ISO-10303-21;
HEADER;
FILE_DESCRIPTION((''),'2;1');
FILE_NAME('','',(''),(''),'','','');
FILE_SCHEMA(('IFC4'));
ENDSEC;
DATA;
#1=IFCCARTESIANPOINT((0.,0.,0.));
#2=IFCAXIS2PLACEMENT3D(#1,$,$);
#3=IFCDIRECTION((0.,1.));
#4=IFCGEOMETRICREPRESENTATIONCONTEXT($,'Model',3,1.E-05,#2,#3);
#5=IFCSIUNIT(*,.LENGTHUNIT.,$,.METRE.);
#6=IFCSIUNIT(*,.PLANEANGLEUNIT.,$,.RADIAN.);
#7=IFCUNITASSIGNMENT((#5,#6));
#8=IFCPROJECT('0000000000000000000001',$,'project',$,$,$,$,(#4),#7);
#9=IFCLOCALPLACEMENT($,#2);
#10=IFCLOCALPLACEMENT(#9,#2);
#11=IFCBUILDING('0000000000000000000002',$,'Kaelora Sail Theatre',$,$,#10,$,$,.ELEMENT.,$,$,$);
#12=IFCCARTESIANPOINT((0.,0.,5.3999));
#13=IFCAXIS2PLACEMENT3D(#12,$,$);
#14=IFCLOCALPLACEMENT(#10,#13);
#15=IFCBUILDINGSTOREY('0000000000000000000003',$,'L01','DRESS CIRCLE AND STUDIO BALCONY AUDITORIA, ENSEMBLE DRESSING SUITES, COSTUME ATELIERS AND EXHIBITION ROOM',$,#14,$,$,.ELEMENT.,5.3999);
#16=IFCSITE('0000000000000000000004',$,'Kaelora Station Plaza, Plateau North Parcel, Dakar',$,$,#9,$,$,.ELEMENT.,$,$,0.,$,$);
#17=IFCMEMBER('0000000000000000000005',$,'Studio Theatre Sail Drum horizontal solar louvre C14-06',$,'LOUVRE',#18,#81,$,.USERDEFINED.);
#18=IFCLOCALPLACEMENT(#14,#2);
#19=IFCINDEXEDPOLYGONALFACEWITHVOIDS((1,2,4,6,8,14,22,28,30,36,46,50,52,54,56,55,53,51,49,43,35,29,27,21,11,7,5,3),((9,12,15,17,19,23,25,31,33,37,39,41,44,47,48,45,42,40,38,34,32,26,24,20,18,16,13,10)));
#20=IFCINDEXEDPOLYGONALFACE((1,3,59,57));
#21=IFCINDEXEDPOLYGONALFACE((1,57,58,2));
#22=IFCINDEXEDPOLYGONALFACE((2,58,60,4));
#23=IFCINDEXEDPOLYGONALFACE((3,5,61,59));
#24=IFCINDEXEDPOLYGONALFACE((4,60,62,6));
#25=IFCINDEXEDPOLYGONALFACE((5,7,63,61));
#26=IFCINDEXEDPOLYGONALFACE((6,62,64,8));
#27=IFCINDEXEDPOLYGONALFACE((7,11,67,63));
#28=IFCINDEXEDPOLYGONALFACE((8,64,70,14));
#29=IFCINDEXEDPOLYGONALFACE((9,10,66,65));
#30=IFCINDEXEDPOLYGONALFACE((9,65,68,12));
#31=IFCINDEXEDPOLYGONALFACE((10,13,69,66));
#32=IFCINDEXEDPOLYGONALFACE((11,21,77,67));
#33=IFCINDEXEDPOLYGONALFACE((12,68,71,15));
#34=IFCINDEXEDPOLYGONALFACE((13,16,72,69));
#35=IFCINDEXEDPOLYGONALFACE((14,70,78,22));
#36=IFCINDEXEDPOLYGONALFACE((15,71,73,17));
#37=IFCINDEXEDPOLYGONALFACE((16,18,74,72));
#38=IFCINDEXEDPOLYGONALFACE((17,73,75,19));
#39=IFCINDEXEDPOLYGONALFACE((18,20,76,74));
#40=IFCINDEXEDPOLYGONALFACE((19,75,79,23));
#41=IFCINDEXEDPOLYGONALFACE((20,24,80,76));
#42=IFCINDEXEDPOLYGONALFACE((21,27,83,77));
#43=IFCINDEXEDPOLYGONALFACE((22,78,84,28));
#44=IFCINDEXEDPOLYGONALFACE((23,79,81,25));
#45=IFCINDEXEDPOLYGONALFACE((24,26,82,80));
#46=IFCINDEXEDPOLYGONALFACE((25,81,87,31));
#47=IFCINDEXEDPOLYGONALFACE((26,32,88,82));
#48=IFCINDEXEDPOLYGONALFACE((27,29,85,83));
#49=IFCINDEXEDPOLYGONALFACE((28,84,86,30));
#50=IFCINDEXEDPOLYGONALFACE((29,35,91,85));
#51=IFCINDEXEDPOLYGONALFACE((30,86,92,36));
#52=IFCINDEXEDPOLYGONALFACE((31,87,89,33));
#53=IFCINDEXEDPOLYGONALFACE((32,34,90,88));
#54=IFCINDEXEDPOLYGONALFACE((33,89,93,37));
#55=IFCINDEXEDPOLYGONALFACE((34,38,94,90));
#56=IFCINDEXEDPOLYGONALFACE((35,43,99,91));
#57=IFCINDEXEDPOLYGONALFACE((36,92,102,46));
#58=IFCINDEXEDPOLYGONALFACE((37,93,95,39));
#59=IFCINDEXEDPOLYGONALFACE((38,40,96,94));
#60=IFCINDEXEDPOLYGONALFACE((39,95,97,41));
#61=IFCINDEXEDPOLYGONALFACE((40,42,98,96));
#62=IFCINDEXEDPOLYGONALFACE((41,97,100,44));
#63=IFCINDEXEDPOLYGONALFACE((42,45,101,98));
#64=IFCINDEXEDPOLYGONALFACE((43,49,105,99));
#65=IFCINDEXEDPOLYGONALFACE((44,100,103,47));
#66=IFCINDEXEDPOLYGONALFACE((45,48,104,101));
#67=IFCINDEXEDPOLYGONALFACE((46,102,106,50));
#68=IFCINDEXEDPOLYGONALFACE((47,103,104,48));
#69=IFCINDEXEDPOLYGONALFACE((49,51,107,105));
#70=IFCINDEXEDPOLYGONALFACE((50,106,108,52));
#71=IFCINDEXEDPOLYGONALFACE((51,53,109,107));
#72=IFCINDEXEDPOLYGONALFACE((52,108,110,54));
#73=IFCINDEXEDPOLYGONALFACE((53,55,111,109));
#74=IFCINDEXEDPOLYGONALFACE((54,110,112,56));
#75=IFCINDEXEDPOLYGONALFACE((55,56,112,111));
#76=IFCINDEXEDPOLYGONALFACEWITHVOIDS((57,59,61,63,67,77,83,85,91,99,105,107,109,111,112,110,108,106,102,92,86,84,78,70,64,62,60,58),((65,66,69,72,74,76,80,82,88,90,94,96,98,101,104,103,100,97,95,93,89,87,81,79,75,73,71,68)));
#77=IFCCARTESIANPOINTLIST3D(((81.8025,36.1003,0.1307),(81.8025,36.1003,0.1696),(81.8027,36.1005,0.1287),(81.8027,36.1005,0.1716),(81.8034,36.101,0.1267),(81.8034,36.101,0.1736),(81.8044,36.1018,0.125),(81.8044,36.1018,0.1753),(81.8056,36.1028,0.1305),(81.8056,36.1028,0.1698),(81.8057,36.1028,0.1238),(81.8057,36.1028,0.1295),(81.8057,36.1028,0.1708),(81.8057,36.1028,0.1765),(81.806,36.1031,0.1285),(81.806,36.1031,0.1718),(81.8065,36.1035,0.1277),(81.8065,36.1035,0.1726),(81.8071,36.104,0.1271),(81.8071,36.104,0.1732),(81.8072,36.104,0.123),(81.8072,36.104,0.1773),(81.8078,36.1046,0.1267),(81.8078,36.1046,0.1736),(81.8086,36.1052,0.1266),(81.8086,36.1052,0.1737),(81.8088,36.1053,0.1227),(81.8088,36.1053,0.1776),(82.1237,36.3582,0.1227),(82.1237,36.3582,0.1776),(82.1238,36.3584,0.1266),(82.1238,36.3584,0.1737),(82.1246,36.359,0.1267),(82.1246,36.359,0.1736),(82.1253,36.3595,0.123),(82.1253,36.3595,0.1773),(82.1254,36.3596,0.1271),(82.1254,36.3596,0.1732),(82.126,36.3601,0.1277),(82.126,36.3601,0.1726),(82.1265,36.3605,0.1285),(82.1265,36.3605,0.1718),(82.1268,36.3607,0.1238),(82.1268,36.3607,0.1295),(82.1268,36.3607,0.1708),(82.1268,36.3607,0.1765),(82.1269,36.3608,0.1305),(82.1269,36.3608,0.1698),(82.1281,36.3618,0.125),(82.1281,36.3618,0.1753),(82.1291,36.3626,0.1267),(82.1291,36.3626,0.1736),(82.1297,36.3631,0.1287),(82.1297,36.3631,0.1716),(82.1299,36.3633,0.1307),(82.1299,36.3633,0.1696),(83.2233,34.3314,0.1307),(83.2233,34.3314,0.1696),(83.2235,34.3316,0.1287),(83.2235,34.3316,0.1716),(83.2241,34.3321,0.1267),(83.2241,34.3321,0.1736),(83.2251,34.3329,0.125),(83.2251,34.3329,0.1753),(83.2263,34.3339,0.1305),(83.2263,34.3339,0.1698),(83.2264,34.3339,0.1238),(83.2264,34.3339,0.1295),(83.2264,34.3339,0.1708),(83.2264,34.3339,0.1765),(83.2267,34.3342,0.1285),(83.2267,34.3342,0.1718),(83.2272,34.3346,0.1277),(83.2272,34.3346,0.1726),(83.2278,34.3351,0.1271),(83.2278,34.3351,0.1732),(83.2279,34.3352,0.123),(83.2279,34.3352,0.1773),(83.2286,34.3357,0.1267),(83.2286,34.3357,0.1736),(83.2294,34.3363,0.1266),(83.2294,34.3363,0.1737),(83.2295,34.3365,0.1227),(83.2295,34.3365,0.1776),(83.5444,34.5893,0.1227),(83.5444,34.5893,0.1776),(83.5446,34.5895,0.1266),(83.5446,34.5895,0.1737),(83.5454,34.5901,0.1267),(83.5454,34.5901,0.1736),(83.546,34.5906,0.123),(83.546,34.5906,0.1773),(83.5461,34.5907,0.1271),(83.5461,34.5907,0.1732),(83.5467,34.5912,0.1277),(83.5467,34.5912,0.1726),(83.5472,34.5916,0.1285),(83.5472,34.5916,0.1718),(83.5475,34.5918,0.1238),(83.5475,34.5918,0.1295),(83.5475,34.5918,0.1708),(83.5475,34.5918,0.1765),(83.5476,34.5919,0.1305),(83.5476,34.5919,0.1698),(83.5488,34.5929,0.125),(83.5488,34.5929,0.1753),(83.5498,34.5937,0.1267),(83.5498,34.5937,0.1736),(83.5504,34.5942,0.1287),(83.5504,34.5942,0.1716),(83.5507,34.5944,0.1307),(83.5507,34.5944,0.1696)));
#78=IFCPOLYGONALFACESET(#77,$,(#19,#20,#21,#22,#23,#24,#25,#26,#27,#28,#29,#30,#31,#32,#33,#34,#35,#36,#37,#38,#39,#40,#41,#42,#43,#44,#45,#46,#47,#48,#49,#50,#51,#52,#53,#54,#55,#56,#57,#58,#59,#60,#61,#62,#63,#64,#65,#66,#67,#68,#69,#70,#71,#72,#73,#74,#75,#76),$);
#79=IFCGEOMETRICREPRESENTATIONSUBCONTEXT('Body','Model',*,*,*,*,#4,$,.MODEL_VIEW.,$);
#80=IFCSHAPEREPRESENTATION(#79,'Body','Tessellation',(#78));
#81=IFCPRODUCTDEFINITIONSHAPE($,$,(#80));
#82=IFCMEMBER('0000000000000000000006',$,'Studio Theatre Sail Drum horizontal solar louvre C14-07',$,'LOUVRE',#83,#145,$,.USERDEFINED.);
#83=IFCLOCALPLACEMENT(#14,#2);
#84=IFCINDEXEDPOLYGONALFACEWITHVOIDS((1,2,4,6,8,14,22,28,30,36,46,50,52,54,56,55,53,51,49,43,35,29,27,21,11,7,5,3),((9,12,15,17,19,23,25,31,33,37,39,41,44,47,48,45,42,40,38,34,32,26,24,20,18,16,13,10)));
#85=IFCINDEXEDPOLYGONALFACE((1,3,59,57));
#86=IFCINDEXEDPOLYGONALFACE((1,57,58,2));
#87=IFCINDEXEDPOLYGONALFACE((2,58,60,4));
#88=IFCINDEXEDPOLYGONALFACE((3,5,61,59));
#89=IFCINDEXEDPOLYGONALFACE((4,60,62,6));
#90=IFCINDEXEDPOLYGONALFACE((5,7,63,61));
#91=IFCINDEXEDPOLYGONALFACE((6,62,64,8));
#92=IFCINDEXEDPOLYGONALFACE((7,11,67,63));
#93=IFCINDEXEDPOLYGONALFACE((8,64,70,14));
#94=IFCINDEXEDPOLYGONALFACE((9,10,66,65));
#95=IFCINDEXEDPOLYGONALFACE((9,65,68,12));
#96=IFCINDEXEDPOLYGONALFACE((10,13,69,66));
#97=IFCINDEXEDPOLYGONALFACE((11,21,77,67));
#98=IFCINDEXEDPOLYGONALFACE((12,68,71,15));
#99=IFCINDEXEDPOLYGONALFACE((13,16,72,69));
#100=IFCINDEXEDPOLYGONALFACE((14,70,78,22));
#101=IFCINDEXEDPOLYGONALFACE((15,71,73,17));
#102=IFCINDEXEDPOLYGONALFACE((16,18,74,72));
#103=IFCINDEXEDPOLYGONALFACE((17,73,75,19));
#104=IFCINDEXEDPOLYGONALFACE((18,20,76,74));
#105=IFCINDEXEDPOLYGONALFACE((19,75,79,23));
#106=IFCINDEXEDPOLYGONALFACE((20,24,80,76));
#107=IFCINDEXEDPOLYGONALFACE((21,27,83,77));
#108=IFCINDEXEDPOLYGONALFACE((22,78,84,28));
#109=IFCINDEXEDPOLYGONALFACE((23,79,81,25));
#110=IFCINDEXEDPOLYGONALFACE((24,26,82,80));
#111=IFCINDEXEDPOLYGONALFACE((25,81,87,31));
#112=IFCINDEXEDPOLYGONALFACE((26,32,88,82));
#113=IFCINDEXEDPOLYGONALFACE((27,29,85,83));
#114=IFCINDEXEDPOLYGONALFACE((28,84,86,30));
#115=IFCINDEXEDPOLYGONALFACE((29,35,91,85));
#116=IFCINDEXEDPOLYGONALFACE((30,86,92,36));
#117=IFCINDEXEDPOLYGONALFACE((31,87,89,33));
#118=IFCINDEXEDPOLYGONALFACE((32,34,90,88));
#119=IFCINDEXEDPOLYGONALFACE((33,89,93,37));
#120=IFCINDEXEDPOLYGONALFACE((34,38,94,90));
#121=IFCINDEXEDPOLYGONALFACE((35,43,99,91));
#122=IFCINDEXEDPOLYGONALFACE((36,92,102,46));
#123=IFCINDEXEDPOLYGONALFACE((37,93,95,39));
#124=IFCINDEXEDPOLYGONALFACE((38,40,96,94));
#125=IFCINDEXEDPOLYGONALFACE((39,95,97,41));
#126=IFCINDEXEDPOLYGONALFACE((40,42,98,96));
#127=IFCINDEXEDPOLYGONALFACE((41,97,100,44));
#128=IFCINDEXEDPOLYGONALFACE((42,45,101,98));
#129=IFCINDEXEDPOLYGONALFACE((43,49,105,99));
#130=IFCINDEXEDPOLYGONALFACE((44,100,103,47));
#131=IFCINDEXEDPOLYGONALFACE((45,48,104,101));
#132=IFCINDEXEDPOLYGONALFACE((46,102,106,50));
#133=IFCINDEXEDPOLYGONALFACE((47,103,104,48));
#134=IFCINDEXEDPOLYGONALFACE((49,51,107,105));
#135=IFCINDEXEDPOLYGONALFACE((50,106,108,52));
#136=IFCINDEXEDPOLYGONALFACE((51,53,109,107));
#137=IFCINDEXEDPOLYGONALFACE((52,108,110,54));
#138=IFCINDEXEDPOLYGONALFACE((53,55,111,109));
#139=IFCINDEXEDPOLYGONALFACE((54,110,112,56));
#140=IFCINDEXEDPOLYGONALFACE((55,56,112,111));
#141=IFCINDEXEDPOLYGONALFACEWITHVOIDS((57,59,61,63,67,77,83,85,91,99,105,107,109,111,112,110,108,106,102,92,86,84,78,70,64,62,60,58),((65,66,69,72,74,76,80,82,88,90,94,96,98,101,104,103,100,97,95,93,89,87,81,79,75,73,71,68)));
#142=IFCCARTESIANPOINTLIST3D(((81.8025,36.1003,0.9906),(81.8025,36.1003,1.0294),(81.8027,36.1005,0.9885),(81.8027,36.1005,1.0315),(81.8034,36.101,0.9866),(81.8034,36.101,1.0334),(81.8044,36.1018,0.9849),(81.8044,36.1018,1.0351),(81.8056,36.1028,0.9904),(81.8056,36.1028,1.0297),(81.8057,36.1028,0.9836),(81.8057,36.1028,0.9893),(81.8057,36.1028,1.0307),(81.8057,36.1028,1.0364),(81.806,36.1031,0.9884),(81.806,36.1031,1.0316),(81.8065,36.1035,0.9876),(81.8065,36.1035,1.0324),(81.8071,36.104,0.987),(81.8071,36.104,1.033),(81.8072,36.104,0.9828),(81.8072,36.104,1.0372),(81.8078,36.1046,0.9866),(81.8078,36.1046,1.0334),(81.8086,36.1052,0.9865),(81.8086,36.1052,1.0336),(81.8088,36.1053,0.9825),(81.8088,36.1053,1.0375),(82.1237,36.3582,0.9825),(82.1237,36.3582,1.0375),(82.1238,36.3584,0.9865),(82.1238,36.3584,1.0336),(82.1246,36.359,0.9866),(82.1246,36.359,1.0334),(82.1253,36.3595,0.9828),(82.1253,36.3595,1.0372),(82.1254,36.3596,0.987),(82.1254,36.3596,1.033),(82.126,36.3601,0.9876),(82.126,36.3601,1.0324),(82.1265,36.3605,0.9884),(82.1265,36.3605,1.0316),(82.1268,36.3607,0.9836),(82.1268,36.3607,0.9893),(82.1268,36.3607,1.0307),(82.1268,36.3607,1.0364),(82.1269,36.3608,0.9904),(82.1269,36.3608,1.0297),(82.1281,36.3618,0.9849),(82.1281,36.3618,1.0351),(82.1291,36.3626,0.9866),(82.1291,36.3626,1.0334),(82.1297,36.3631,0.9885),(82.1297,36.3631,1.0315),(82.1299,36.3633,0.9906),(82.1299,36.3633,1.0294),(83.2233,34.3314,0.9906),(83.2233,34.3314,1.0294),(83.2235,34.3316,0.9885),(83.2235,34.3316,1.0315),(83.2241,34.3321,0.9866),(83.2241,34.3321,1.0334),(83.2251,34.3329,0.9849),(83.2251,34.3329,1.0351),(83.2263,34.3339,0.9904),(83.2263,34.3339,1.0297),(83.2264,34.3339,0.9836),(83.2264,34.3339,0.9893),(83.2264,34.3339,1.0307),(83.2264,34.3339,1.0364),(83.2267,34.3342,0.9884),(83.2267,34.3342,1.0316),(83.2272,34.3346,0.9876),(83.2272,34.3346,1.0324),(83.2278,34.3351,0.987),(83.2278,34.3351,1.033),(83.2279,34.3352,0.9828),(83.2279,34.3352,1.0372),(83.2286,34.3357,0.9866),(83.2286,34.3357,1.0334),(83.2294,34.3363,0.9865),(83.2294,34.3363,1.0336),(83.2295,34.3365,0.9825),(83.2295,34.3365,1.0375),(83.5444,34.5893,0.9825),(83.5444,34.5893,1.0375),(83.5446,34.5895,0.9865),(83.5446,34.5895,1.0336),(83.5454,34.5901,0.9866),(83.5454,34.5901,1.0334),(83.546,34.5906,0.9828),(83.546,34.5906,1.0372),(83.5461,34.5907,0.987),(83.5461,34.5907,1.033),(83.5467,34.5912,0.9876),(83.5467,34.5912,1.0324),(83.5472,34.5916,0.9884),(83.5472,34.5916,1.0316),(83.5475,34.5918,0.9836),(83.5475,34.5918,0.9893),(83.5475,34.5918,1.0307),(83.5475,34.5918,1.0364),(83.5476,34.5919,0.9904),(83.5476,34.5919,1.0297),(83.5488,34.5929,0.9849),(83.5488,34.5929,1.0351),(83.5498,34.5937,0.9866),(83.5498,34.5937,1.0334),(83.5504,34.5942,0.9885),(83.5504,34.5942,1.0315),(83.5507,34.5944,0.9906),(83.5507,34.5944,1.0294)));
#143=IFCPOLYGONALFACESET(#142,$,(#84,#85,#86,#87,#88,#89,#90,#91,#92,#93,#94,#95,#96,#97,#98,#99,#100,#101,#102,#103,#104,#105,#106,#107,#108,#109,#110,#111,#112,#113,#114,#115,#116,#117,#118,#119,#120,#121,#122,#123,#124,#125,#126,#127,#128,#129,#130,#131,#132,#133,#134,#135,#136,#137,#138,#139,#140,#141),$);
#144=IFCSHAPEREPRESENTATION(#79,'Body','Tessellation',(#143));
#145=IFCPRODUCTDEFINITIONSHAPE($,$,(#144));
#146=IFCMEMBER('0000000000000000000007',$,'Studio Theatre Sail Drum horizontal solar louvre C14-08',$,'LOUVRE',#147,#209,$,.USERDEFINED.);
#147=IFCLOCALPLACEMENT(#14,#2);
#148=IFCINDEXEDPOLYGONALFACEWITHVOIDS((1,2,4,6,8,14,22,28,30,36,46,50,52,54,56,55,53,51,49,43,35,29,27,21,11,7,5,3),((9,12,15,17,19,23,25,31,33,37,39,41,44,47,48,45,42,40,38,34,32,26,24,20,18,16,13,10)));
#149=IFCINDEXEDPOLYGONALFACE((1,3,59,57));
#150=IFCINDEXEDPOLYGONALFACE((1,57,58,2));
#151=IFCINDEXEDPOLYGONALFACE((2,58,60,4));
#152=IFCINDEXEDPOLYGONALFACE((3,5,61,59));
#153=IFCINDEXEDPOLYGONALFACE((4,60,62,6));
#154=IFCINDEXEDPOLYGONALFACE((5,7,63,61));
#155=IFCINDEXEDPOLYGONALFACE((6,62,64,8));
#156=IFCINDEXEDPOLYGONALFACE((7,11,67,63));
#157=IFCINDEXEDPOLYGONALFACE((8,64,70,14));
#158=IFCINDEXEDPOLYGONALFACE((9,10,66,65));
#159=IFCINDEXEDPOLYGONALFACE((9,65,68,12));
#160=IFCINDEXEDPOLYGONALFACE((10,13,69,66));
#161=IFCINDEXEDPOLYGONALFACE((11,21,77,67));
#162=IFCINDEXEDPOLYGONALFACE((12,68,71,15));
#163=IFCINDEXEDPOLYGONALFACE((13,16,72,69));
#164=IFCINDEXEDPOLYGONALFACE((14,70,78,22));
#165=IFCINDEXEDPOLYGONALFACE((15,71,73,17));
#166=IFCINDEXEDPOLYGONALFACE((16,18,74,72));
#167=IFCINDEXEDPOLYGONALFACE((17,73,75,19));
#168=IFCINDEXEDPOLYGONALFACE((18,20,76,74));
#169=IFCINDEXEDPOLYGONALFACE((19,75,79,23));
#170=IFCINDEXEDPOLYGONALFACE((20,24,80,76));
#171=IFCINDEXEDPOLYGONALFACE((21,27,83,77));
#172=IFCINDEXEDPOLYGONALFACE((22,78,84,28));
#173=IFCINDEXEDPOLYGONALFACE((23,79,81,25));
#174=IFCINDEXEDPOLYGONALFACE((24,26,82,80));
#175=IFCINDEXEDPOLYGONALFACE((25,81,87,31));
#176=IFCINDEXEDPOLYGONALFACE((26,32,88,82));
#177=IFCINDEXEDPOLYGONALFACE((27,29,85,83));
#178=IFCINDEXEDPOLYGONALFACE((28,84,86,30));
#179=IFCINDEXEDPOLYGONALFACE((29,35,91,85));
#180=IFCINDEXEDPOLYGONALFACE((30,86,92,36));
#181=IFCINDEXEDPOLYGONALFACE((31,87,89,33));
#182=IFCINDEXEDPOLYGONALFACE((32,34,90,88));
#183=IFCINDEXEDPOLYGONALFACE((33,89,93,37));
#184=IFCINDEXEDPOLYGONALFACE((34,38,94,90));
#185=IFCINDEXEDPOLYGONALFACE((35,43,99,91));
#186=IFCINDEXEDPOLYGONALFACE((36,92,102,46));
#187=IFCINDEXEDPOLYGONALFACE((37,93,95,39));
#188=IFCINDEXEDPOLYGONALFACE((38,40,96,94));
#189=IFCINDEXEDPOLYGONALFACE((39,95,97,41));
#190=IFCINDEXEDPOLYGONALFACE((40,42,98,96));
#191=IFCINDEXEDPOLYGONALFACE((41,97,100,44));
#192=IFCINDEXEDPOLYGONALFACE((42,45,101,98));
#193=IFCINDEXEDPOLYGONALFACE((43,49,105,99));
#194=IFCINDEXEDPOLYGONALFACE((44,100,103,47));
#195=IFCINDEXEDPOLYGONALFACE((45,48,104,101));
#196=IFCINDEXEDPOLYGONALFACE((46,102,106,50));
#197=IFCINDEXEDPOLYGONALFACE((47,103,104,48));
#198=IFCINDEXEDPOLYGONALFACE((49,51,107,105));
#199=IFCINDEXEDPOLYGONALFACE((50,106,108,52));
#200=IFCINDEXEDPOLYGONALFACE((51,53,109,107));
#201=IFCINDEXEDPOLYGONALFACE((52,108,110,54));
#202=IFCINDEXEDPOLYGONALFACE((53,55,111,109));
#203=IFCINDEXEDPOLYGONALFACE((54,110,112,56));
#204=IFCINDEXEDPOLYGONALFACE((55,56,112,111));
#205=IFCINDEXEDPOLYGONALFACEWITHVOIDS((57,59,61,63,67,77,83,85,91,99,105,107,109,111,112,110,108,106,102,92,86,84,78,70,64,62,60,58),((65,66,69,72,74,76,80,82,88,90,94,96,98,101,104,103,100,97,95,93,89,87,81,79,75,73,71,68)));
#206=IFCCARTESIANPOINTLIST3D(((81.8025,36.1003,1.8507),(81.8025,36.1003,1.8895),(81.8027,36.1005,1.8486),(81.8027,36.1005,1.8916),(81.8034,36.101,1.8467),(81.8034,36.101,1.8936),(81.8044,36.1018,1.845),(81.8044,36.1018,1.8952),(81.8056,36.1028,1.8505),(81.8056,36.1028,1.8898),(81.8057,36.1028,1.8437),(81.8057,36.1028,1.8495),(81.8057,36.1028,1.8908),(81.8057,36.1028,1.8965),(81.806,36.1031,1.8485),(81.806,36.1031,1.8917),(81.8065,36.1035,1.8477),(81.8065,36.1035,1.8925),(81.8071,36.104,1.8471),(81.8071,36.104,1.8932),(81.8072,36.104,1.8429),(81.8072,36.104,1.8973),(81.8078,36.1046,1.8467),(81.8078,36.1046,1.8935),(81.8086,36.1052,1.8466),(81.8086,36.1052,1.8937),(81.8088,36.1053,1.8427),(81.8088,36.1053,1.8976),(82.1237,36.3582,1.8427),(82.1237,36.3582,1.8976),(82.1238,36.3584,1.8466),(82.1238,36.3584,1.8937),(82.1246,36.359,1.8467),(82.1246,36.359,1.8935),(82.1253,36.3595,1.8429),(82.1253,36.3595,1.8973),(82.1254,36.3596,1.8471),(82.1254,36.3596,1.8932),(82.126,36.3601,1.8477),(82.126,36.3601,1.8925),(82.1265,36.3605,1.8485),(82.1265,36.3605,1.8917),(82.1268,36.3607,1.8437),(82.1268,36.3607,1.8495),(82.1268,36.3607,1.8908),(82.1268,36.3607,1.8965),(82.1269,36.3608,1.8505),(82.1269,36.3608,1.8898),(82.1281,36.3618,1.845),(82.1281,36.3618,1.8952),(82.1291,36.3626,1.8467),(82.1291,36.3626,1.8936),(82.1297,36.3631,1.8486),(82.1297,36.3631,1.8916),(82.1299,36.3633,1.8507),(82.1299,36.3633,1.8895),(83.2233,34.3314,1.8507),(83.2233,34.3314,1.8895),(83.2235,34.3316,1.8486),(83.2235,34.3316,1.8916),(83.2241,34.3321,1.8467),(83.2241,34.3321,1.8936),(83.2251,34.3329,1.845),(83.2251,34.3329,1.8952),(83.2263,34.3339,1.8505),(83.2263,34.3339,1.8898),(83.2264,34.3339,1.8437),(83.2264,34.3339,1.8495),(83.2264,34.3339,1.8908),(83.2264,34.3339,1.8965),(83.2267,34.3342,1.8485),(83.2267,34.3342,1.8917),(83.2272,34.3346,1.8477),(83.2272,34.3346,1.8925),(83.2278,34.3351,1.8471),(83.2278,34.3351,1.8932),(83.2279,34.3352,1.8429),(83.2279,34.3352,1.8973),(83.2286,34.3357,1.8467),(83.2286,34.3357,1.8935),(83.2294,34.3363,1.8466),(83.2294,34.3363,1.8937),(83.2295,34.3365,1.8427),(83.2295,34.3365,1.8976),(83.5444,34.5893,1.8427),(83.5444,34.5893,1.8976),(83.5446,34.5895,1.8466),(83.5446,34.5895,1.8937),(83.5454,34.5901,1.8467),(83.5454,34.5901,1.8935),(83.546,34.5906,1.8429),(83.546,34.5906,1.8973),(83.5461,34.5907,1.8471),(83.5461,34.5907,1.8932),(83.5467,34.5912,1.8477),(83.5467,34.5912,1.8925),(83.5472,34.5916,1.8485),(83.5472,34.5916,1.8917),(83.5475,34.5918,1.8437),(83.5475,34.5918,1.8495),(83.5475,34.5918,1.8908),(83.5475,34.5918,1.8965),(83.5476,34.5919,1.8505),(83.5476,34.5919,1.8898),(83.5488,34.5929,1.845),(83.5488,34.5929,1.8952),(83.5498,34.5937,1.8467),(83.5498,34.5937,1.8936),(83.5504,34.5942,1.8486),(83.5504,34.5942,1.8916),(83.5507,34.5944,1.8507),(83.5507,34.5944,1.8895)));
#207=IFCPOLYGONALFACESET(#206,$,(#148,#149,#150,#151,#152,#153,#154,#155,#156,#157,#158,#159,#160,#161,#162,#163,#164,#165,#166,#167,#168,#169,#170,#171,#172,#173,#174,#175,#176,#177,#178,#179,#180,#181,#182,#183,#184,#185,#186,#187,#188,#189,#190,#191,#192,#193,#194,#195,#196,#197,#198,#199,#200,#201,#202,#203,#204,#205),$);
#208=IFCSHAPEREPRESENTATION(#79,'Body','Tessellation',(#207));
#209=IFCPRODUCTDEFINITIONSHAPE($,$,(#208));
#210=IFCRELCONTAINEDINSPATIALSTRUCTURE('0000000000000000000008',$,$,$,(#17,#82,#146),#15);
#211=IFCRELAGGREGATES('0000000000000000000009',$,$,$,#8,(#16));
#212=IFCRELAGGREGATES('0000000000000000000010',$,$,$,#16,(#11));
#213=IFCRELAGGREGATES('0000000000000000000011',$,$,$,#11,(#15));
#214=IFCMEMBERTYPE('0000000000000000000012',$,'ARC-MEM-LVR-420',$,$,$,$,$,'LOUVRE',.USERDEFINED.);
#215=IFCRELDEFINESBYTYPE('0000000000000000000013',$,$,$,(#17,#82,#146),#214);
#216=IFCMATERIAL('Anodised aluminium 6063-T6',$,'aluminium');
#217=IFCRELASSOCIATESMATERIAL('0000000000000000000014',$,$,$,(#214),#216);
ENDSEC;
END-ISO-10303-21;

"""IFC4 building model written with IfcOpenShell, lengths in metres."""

from ifc_helpers import new_model, si_unit, direction, frame, origin, origin_2d, place, context, subcontext, project, spatial, hollow_rectangle, extrude, material, material_profile, profile_set, type_object, element, save


model = new_model("IFC4")

# Units and contexts
model_context = context("Model", 3, precision=1e-05, world=origin(), true_north=direction((0.0, 1.0)))
body_context = subcontext(model_context, "Body", "Model", "MODEL_VIEW")
ifc_project = project(units=[si_unit("LENGTHUNIT", "METRE"), si_unit("PLANEANGLEUNIT", "RADIAN")], contexts=[model_context])

# Site, building, storey
site_placement = place(None, origin())
site = spatial("IfcSite", under=ifc_project, at=site_placement, Name="Kaelora Station Plaza, Plateau North Parcel, Dakar", CompositionType="ELEMENT", RefElevation=0.0)
building_placement = place(site_placement, origin())
building = spatial("IfcBuilding", under=site, at=building_placement, Name="Kaelora Sail Theatre", CompositionType="ELEMENT")
storey_placement = place(building_placement, frame((0.0, 0.0, 5.3999)))
storey = spatial("IfcBuildingStorey", under=building, at=storey_placement, Name="L01", Description="DRESS CIRCLE AND STUDIO BALCONY AUDITORIA, ENSEMBLE DRESSING SUITES, COSTUME ATELIERS AND EXHIBITION ROOM", CompositionType="ELEMENT", Elevation=5.3999)

# Members
ifc_material_1 = material(Name="Anodised aluminium 6063-T6", Category="aluminium")
ifc_material_profile_1 = material_profile(ifc_material_1, hollow_rectangle(XDim=0.4199, YDim=0.0549, WallThickness=0.0039, InnerFilletRadius=0.0039, OuterFilletRadius=0.0081, at=origin_2d()), Name="LOUVRE 420x55x4")
ifc_profile_set_1 = profile_set([ifc_material_profile_1], Name="Anodised aluminium 6063-T6")
member_type = type_object("IfcMemberType", Name="ARC-MEM-LVR-420", ElementType="LOUVRE", PredefinedType="USERDEFINED", material=ifc_profile_set_1)
for number, where, z_axis, x_axis, name in (
    (1, (83.387, 34.4629, 0.1501), (-0.626203, 0.77966, 0.0), (-0.77966, -0.626203, 0.0), "Studio Theatre Sail Drum horizontal solar louvre C14-06"),
    (2, (83.387, 34.4629, 1.01), (-0.626203, 0.77966, 0.0), (-0.77966, -0.626203, 0.0), "Studio Theatre Sail Drum horizontal solar louvre C14-07"),
    (3, (83.387, 34.4629, 1.8701), (-0.626203, 0.77966, 0.0), (-0.77966, -0.626203, 0.0), "Studio Theatre Sail Drum horizontal solar louvre C14-08"),
):
    element("IfcMember", number, at=place(storey_placement, frame(where, z_axis=z_axis, x_axis=x_axis)), inside=storey, type_object=member_type, Name=name, ObjectType="LOUVRE", PredefinedType="USERDEFINED", context=body_context, shape_type="SweptSolid", body=[
        extrude(hollow_rectangle(XDim=0.4199, YDim=0.0549, WallThickness=0.0039, InnerFilletRadius=0.0039, OuterFilletRadius=0.0081, at=origin_2d()), origin(), (0.0, 0.0, 1.0), 2.2688),
    ])

save(model, "model.ifc")
